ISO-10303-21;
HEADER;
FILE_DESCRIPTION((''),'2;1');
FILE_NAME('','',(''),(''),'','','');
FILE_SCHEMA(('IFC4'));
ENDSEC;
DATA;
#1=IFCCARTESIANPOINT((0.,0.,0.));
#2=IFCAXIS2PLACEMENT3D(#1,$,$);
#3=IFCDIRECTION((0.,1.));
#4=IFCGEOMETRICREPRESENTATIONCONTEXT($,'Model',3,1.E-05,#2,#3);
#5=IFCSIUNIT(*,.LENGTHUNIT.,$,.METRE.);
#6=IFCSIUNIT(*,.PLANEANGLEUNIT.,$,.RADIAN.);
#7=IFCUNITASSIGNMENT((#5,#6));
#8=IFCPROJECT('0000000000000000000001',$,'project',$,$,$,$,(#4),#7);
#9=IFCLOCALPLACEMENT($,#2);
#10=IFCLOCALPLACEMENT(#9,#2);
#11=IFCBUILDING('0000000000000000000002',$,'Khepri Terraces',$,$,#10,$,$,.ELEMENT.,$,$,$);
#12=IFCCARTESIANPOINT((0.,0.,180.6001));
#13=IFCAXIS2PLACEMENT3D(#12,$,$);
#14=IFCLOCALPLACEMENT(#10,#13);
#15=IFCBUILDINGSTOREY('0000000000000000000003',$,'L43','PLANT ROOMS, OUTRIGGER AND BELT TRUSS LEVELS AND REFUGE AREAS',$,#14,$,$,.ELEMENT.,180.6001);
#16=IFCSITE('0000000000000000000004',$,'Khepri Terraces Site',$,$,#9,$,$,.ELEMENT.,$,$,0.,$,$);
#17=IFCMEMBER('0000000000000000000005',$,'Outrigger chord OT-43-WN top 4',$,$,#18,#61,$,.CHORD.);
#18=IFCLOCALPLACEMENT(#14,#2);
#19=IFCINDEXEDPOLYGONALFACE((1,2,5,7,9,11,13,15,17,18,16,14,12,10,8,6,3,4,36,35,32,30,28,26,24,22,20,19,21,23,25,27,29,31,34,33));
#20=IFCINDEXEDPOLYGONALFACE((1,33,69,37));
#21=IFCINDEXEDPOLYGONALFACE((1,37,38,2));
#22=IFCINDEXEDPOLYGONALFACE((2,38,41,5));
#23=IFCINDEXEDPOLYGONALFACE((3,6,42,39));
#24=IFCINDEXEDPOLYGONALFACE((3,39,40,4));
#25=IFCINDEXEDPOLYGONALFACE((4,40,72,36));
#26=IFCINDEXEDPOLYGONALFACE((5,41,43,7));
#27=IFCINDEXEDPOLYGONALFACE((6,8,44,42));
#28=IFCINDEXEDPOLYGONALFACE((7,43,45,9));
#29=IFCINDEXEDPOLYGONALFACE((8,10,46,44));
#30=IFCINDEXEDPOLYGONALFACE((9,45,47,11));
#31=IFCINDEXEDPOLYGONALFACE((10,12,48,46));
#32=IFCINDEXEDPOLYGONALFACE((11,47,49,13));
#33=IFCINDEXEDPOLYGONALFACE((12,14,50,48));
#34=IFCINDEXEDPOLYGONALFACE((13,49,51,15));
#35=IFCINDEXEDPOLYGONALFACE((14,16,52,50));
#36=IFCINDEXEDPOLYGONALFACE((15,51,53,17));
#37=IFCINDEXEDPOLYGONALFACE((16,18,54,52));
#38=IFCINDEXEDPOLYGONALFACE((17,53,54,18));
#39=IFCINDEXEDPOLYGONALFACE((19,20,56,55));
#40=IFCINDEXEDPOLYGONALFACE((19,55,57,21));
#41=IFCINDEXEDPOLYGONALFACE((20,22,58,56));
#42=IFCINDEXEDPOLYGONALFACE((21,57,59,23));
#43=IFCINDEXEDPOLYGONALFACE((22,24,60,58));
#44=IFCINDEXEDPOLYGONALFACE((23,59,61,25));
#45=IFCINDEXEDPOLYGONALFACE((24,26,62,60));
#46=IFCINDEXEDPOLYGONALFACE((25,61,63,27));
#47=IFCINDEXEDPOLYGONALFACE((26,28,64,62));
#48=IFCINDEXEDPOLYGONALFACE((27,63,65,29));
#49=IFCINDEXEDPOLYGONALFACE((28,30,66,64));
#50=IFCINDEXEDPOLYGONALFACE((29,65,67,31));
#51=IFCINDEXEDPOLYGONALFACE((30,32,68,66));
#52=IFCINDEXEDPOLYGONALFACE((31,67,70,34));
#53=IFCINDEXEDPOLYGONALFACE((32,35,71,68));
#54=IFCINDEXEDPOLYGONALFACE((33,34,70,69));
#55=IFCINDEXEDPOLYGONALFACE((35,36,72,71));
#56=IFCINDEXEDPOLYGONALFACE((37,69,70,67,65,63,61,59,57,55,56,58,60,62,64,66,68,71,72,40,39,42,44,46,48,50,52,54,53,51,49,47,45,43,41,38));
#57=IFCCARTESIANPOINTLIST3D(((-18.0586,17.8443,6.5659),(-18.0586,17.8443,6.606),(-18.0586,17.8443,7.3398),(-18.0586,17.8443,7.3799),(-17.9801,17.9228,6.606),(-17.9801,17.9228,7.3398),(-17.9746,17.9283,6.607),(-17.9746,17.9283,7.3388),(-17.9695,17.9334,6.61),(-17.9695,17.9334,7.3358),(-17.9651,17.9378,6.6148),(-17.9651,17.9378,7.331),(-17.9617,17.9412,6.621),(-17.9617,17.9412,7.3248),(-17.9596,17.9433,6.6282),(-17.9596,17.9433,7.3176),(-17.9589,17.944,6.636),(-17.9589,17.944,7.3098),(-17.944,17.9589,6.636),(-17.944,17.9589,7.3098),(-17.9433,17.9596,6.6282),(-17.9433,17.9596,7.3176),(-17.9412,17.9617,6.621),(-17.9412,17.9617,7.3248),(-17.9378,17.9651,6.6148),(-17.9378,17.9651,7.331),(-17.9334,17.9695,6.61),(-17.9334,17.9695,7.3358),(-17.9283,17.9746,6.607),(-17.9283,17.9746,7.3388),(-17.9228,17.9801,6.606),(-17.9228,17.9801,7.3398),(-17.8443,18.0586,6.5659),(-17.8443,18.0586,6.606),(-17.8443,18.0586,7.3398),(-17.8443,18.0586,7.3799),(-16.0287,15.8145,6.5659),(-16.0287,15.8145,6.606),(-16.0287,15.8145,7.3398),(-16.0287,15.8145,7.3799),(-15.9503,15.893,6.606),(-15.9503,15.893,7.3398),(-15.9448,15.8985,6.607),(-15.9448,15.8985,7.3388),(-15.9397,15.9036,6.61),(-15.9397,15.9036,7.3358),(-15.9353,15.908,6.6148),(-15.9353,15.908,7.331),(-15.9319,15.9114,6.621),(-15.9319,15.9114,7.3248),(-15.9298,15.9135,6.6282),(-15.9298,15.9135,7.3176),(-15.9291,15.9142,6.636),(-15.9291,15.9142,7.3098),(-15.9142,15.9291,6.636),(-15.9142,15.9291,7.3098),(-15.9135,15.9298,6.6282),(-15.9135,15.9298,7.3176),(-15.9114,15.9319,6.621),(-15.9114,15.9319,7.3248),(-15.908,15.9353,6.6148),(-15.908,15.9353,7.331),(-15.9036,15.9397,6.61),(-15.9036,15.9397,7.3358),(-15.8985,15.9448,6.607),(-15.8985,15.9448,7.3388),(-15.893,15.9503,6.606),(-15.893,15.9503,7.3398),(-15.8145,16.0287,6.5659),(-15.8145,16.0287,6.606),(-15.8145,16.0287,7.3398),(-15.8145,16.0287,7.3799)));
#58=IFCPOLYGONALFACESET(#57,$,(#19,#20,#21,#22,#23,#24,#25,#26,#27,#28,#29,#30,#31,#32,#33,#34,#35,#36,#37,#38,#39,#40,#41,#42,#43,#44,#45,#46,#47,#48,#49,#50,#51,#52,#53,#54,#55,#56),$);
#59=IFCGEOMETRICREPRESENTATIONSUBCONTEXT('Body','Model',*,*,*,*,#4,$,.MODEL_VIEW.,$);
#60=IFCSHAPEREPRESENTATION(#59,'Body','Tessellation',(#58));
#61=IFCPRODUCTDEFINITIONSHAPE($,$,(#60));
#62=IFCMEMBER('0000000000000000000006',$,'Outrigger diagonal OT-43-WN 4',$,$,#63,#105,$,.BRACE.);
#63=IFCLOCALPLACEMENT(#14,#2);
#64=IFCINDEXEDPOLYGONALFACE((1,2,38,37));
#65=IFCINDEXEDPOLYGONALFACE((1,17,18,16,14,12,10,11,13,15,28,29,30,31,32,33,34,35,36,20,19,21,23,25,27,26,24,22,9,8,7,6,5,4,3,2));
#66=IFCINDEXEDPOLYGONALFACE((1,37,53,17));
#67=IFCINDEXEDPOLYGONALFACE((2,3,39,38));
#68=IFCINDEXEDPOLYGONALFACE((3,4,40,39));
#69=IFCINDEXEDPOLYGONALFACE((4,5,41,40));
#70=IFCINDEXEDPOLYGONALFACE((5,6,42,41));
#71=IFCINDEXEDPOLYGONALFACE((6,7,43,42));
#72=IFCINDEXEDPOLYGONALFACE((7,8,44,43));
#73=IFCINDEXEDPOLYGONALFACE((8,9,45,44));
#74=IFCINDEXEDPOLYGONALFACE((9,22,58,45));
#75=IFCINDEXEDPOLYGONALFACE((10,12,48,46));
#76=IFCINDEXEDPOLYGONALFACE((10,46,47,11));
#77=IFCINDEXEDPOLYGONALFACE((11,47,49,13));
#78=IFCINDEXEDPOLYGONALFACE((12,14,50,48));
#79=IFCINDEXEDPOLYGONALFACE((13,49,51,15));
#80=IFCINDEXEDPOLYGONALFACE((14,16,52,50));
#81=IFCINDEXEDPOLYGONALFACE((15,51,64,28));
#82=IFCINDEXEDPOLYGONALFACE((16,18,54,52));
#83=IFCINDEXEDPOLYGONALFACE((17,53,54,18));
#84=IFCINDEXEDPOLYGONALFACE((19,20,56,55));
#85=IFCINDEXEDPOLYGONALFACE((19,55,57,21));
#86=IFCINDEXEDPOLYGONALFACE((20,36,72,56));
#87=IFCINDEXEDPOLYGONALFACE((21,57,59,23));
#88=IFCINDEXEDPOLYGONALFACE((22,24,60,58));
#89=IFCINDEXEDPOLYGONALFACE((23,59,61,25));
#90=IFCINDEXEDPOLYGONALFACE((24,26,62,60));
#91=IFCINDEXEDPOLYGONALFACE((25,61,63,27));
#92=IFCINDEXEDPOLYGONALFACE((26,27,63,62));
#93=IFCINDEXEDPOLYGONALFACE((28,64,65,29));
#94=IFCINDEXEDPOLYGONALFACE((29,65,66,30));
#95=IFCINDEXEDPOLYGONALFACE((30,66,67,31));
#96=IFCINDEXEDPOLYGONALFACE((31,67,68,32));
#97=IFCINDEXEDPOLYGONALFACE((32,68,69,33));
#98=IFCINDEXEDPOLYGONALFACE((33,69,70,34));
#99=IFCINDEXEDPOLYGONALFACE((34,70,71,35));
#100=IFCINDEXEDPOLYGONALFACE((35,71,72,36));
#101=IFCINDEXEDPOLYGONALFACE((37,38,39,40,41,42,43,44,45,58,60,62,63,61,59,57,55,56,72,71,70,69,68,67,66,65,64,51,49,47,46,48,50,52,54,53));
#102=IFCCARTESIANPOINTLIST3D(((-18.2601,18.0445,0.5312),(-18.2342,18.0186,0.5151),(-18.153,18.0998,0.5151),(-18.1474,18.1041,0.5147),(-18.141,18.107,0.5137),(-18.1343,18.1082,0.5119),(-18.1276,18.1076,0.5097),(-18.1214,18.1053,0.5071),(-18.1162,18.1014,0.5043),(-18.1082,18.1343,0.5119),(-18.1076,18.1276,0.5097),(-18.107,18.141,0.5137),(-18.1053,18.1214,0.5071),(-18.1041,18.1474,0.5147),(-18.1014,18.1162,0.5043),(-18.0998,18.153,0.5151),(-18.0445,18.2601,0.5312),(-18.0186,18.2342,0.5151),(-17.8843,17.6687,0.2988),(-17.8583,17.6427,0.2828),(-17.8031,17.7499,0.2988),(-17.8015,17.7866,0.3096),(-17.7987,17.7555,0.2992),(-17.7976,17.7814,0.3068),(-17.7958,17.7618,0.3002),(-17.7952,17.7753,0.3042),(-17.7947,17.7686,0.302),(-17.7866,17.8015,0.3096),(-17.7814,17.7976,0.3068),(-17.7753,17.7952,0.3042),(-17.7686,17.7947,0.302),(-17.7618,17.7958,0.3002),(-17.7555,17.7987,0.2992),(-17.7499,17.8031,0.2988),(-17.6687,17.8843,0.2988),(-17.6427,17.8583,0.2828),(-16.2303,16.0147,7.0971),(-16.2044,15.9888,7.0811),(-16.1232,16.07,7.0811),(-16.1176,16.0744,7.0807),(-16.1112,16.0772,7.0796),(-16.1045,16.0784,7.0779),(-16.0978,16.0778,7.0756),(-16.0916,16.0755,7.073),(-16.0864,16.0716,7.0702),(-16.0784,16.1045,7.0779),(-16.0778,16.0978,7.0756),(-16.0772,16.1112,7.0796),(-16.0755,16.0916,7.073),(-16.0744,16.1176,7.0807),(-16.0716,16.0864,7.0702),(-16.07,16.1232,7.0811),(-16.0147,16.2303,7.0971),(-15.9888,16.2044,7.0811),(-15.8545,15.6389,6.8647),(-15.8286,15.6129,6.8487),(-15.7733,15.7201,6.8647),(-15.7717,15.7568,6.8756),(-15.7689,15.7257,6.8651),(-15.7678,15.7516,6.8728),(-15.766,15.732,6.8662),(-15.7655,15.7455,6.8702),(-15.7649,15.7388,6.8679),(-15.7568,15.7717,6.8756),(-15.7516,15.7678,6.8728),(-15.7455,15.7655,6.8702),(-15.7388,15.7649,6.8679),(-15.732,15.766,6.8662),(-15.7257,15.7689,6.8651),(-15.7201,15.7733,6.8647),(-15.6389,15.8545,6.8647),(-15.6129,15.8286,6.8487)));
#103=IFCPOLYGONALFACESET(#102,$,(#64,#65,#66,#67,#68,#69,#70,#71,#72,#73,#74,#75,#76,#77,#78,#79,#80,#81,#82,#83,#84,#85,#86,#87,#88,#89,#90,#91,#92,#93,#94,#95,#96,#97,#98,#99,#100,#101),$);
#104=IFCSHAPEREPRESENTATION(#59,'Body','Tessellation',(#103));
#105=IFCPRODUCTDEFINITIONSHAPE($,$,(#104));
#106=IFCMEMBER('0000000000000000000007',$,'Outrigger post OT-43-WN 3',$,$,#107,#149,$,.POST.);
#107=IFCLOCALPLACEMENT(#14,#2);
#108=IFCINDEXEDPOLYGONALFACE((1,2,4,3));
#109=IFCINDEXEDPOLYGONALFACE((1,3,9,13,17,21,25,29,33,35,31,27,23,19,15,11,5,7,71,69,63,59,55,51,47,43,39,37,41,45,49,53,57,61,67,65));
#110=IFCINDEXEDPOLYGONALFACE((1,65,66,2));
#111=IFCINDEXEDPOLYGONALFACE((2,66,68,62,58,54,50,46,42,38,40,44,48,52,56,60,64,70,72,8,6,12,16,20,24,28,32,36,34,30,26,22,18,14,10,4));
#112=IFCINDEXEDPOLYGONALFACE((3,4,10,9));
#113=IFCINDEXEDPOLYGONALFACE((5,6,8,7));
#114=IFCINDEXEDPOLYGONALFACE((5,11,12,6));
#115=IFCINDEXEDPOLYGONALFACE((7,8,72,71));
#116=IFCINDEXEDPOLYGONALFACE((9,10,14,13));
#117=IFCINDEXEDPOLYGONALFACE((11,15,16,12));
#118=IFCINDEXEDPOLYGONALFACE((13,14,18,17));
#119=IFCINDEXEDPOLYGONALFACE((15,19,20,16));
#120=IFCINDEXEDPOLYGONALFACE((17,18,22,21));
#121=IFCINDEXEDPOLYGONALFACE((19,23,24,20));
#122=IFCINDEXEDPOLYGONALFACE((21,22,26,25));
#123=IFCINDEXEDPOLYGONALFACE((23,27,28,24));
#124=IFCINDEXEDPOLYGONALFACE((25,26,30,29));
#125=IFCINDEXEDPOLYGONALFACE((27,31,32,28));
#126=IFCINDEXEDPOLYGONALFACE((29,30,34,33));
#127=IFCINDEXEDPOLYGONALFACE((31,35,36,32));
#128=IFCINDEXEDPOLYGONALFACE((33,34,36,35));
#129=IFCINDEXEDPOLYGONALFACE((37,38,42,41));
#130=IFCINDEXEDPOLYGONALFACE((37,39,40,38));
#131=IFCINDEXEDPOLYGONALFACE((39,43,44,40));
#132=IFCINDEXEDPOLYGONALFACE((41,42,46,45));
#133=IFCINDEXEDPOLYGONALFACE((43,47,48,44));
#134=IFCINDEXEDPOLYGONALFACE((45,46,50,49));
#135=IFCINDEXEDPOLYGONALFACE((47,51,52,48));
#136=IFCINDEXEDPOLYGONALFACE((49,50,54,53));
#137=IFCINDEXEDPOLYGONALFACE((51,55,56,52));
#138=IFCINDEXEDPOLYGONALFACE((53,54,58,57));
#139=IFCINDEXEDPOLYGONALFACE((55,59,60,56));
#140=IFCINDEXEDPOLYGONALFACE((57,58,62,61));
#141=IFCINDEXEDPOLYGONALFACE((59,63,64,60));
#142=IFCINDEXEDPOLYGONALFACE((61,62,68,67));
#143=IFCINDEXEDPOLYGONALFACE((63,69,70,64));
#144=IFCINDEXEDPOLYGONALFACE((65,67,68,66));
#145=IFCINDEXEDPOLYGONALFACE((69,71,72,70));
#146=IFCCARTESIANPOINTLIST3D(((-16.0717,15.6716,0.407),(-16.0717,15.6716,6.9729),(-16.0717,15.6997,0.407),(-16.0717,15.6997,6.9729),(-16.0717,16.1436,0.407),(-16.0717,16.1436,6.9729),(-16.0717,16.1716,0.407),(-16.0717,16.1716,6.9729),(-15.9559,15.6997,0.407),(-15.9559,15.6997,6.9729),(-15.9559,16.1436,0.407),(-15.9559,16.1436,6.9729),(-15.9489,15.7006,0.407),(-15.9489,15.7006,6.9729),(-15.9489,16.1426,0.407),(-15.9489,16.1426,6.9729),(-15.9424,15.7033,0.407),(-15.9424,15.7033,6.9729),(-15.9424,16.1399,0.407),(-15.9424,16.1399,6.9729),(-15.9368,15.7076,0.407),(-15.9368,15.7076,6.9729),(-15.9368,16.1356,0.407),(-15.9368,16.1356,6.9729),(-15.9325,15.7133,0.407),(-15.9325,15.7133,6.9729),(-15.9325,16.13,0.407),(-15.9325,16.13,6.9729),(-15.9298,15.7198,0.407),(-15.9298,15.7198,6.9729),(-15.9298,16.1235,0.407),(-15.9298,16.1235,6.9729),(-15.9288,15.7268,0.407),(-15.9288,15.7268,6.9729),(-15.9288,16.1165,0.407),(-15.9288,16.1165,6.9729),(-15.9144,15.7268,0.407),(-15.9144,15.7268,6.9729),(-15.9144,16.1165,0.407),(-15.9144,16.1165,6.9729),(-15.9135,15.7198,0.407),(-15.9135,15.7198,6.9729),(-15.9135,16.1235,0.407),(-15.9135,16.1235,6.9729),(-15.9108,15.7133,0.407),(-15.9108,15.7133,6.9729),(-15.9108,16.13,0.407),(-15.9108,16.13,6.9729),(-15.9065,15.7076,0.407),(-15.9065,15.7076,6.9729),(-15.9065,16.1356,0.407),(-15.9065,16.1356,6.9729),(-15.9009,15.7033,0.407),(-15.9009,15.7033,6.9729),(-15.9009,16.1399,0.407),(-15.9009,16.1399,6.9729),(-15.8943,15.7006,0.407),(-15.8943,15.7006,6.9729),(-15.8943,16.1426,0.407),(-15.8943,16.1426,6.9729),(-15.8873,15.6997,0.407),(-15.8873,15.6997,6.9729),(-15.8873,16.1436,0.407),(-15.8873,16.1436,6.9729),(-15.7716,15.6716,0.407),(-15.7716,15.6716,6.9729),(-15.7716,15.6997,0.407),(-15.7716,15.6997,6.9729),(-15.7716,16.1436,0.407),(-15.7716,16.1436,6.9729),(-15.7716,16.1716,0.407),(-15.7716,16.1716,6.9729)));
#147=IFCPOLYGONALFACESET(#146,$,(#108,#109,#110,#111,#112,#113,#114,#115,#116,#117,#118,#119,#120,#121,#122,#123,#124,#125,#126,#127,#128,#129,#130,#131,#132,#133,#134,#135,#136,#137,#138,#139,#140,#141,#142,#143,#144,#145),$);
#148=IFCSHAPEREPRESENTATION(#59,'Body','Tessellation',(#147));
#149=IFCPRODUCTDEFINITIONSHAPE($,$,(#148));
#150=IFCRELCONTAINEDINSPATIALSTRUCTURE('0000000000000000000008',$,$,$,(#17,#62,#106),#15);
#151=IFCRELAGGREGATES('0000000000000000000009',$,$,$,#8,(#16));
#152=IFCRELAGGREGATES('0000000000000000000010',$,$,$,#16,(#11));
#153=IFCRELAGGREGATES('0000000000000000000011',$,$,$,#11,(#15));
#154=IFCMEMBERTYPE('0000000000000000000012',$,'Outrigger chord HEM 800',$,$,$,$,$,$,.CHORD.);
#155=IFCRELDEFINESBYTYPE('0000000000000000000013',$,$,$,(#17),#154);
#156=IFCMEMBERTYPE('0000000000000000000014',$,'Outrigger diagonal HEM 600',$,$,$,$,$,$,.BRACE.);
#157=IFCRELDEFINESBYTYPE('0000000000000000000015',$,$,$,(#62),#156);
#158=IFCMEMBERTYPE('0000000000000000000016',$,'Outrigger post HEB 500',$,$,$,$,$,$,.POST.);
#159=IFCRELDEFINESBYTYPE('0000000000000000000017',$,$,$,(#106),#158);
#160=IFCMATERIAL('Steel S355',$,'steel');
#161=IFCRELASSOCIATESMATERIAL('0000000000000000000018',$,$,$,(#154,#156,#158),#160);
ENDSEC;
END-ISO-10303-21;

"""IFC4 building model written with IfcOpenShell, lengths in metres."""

from ifc_helpers import new_model, si_unit, direction, frame, origin, origin_2d, place, context, subcontext, project, spatial, i_section, extrude, material, material_profile, profile_set, type_object, element, save


model = new_model("IFC4")

# Units and contexts
model_context = context("Model", 3, precision=1e-05, world=origin(), true_north=direction((0.0, 1.0)))
body_context = subcontext(model_context, "Body", "Model", "MODEL_VIEW")
ifc_project = project(units=[si_unit("LENGTHUNIT", "METRE"), si_unit("PLANEANGLEUNIT", "RADIAN")], contexts=[model_context])

# Site, building, storey
site_placement = place(None, origin())
site = spatial("IfcSite", under=ifc_project, at=site_placement, Name="Khepri Terraces Site", CompositionType="ELEMENT", RefElevation=0.0)
building_placement = place(site_placement, origin())
building = spatial("IfcBuilding", under=site, at=building_placement, Name="Khepri Terraces", CompositionType="ELEMENT")
storey_placement = place(building_placement, frame((0.0, 0.0, 180.6001)))
storey = spatial("IfcBuildingStorey", under=building, at=storey_placement, Name="L43", Description="PLANT ROOMS, OUTRIGGER AND BELT TRUSS LEVELS AND REFUGE AREAS", CompositionType="ELEMENT", Elevation=180.6001)

# Members
ifc_material_1 = material(Name="Steel S355", Category="steel")
ifc_material_profile_1 = material_profile(ifc_material_1, i_section(OverallWidth=0.303, OverallDepth=0.814, WebThickness=0.021, FlangeThickness=0.04, FilletRadius=0.03, at=origin_2d()), Name="Steel S355", Category="steel")
ifc_profile_set_1 = profile_set([ifc_material_profile_1], Name="Steel S355")
member_type_1 = type_object("IfcMemberType", Name="Outrigger chord HEM 800", PredefinedType="CHORD", material=ifc_profile_set_1)
member_1_placement = place(storey_placement, frame((-15.9216, 15.9216, 6.9729), z_axis=(-0.707107, 0.707107, 0.0), x_axis=(-0.707107, -0.707107, 0.0)))
element("IfcMember", 1, at=member_1_placement, inside=storey, type_object=member_type_1, Name="Outrigger chord OT-43-WN top 4", PredefinedType="CHORD", context=body_context, shape_type="SweptSolid", body=[
    extrude(i_section(OverallWidth=0.303, OverallDepth=0.814, WebThickness=0.021, FlangeThickness=0.04, FilletRadius=0.03, at=origin_2d()), origin(), (0.0, 0.0, 1.0), 2.8706),
])
ifc_material_profile_2 = material_profile(ifc_material_1, i_section(OverallWidth=0.3049, OverallDepth=0.6201, WebThickness=0.021, FlangeThickness=0.04, FilletRadius=0.0271, at=origin_2d()), Name="Steel S355", Category="steel")
ifc_profile_set_2 = profile_set([ifc_material_profile_2], Name="Steel S355")
member_type_2 = type_object("IfcMemberType", Name="Outrigger diagonal HEM 600", PredefinedType="BRACE", material=ifc_profile_set_2)
member_2_placement = place(storey_placement, frame((-15.9216, 15.9216, 6.9729), z_axis=(-0.283253, 0.283253, -0.916262), x_axis=(-0.707107, -0.707107, 0.0)))
element("IfcMember", 2, at=member_2_placement, inside=storey, type_object=member_type_2, Name="Outrigger diagonal OT-43-WN 4", PredefinedType="BRACE", context=body_context, shape_type="SweptSolid", body=[
    extrude(i_section(OverallWidth=0.3049, OverallDepth=0.6201, WebThickness=0.021, FlangeThickness=0.04, FilletRadius=0.0271, at=origin_2d()), origin(), (0.0, 0.0, 1.0), 7.166),
])
ifc_material_profile_3 = material_profile(ifc_material_1, i_section(OverallWidth=0.3, OverallDepth=0.5, WebThickness=0.0144, FlangeThickness=0.0281, FilletRadius=0.0271, at=origin_2d()), Name="Steel S355", Category="steel")
ifc_profile_set_3 = profile_set([ifc_material_profile_3], Name="Steel S355")
member_type_3 = type_object("IfcMemberType", Name="Outrigger post HEB 500", PredefinedType="POST", material=ifc_profile_set_3)
member_3_placement = place(storey_placement, frame((-15.9216, 15.9216, 0.407), z_axis=(0.0, 0.0, 1.0), x_axis=(1.0, 0.0, 0.0)))
element("IfcMember", 3, at=member_3_placement, inside=storey, type_object=member_type_3, Name="Outrigger post OT-43-WN 3", PredefinedType="POST", context=body_context, shape_type="SweptSolid", body=[
    extrude(i_section(OverallWidth=0.3, OverallDepth=0.5, WebThickness=0.0144, FlangeThickness=0.0281, FilletRadius=0.0271, at=origin_2d()), origin(), (0.0, 0.0, 1.0), 6.5659),
])

save(model, "model.ifc")
